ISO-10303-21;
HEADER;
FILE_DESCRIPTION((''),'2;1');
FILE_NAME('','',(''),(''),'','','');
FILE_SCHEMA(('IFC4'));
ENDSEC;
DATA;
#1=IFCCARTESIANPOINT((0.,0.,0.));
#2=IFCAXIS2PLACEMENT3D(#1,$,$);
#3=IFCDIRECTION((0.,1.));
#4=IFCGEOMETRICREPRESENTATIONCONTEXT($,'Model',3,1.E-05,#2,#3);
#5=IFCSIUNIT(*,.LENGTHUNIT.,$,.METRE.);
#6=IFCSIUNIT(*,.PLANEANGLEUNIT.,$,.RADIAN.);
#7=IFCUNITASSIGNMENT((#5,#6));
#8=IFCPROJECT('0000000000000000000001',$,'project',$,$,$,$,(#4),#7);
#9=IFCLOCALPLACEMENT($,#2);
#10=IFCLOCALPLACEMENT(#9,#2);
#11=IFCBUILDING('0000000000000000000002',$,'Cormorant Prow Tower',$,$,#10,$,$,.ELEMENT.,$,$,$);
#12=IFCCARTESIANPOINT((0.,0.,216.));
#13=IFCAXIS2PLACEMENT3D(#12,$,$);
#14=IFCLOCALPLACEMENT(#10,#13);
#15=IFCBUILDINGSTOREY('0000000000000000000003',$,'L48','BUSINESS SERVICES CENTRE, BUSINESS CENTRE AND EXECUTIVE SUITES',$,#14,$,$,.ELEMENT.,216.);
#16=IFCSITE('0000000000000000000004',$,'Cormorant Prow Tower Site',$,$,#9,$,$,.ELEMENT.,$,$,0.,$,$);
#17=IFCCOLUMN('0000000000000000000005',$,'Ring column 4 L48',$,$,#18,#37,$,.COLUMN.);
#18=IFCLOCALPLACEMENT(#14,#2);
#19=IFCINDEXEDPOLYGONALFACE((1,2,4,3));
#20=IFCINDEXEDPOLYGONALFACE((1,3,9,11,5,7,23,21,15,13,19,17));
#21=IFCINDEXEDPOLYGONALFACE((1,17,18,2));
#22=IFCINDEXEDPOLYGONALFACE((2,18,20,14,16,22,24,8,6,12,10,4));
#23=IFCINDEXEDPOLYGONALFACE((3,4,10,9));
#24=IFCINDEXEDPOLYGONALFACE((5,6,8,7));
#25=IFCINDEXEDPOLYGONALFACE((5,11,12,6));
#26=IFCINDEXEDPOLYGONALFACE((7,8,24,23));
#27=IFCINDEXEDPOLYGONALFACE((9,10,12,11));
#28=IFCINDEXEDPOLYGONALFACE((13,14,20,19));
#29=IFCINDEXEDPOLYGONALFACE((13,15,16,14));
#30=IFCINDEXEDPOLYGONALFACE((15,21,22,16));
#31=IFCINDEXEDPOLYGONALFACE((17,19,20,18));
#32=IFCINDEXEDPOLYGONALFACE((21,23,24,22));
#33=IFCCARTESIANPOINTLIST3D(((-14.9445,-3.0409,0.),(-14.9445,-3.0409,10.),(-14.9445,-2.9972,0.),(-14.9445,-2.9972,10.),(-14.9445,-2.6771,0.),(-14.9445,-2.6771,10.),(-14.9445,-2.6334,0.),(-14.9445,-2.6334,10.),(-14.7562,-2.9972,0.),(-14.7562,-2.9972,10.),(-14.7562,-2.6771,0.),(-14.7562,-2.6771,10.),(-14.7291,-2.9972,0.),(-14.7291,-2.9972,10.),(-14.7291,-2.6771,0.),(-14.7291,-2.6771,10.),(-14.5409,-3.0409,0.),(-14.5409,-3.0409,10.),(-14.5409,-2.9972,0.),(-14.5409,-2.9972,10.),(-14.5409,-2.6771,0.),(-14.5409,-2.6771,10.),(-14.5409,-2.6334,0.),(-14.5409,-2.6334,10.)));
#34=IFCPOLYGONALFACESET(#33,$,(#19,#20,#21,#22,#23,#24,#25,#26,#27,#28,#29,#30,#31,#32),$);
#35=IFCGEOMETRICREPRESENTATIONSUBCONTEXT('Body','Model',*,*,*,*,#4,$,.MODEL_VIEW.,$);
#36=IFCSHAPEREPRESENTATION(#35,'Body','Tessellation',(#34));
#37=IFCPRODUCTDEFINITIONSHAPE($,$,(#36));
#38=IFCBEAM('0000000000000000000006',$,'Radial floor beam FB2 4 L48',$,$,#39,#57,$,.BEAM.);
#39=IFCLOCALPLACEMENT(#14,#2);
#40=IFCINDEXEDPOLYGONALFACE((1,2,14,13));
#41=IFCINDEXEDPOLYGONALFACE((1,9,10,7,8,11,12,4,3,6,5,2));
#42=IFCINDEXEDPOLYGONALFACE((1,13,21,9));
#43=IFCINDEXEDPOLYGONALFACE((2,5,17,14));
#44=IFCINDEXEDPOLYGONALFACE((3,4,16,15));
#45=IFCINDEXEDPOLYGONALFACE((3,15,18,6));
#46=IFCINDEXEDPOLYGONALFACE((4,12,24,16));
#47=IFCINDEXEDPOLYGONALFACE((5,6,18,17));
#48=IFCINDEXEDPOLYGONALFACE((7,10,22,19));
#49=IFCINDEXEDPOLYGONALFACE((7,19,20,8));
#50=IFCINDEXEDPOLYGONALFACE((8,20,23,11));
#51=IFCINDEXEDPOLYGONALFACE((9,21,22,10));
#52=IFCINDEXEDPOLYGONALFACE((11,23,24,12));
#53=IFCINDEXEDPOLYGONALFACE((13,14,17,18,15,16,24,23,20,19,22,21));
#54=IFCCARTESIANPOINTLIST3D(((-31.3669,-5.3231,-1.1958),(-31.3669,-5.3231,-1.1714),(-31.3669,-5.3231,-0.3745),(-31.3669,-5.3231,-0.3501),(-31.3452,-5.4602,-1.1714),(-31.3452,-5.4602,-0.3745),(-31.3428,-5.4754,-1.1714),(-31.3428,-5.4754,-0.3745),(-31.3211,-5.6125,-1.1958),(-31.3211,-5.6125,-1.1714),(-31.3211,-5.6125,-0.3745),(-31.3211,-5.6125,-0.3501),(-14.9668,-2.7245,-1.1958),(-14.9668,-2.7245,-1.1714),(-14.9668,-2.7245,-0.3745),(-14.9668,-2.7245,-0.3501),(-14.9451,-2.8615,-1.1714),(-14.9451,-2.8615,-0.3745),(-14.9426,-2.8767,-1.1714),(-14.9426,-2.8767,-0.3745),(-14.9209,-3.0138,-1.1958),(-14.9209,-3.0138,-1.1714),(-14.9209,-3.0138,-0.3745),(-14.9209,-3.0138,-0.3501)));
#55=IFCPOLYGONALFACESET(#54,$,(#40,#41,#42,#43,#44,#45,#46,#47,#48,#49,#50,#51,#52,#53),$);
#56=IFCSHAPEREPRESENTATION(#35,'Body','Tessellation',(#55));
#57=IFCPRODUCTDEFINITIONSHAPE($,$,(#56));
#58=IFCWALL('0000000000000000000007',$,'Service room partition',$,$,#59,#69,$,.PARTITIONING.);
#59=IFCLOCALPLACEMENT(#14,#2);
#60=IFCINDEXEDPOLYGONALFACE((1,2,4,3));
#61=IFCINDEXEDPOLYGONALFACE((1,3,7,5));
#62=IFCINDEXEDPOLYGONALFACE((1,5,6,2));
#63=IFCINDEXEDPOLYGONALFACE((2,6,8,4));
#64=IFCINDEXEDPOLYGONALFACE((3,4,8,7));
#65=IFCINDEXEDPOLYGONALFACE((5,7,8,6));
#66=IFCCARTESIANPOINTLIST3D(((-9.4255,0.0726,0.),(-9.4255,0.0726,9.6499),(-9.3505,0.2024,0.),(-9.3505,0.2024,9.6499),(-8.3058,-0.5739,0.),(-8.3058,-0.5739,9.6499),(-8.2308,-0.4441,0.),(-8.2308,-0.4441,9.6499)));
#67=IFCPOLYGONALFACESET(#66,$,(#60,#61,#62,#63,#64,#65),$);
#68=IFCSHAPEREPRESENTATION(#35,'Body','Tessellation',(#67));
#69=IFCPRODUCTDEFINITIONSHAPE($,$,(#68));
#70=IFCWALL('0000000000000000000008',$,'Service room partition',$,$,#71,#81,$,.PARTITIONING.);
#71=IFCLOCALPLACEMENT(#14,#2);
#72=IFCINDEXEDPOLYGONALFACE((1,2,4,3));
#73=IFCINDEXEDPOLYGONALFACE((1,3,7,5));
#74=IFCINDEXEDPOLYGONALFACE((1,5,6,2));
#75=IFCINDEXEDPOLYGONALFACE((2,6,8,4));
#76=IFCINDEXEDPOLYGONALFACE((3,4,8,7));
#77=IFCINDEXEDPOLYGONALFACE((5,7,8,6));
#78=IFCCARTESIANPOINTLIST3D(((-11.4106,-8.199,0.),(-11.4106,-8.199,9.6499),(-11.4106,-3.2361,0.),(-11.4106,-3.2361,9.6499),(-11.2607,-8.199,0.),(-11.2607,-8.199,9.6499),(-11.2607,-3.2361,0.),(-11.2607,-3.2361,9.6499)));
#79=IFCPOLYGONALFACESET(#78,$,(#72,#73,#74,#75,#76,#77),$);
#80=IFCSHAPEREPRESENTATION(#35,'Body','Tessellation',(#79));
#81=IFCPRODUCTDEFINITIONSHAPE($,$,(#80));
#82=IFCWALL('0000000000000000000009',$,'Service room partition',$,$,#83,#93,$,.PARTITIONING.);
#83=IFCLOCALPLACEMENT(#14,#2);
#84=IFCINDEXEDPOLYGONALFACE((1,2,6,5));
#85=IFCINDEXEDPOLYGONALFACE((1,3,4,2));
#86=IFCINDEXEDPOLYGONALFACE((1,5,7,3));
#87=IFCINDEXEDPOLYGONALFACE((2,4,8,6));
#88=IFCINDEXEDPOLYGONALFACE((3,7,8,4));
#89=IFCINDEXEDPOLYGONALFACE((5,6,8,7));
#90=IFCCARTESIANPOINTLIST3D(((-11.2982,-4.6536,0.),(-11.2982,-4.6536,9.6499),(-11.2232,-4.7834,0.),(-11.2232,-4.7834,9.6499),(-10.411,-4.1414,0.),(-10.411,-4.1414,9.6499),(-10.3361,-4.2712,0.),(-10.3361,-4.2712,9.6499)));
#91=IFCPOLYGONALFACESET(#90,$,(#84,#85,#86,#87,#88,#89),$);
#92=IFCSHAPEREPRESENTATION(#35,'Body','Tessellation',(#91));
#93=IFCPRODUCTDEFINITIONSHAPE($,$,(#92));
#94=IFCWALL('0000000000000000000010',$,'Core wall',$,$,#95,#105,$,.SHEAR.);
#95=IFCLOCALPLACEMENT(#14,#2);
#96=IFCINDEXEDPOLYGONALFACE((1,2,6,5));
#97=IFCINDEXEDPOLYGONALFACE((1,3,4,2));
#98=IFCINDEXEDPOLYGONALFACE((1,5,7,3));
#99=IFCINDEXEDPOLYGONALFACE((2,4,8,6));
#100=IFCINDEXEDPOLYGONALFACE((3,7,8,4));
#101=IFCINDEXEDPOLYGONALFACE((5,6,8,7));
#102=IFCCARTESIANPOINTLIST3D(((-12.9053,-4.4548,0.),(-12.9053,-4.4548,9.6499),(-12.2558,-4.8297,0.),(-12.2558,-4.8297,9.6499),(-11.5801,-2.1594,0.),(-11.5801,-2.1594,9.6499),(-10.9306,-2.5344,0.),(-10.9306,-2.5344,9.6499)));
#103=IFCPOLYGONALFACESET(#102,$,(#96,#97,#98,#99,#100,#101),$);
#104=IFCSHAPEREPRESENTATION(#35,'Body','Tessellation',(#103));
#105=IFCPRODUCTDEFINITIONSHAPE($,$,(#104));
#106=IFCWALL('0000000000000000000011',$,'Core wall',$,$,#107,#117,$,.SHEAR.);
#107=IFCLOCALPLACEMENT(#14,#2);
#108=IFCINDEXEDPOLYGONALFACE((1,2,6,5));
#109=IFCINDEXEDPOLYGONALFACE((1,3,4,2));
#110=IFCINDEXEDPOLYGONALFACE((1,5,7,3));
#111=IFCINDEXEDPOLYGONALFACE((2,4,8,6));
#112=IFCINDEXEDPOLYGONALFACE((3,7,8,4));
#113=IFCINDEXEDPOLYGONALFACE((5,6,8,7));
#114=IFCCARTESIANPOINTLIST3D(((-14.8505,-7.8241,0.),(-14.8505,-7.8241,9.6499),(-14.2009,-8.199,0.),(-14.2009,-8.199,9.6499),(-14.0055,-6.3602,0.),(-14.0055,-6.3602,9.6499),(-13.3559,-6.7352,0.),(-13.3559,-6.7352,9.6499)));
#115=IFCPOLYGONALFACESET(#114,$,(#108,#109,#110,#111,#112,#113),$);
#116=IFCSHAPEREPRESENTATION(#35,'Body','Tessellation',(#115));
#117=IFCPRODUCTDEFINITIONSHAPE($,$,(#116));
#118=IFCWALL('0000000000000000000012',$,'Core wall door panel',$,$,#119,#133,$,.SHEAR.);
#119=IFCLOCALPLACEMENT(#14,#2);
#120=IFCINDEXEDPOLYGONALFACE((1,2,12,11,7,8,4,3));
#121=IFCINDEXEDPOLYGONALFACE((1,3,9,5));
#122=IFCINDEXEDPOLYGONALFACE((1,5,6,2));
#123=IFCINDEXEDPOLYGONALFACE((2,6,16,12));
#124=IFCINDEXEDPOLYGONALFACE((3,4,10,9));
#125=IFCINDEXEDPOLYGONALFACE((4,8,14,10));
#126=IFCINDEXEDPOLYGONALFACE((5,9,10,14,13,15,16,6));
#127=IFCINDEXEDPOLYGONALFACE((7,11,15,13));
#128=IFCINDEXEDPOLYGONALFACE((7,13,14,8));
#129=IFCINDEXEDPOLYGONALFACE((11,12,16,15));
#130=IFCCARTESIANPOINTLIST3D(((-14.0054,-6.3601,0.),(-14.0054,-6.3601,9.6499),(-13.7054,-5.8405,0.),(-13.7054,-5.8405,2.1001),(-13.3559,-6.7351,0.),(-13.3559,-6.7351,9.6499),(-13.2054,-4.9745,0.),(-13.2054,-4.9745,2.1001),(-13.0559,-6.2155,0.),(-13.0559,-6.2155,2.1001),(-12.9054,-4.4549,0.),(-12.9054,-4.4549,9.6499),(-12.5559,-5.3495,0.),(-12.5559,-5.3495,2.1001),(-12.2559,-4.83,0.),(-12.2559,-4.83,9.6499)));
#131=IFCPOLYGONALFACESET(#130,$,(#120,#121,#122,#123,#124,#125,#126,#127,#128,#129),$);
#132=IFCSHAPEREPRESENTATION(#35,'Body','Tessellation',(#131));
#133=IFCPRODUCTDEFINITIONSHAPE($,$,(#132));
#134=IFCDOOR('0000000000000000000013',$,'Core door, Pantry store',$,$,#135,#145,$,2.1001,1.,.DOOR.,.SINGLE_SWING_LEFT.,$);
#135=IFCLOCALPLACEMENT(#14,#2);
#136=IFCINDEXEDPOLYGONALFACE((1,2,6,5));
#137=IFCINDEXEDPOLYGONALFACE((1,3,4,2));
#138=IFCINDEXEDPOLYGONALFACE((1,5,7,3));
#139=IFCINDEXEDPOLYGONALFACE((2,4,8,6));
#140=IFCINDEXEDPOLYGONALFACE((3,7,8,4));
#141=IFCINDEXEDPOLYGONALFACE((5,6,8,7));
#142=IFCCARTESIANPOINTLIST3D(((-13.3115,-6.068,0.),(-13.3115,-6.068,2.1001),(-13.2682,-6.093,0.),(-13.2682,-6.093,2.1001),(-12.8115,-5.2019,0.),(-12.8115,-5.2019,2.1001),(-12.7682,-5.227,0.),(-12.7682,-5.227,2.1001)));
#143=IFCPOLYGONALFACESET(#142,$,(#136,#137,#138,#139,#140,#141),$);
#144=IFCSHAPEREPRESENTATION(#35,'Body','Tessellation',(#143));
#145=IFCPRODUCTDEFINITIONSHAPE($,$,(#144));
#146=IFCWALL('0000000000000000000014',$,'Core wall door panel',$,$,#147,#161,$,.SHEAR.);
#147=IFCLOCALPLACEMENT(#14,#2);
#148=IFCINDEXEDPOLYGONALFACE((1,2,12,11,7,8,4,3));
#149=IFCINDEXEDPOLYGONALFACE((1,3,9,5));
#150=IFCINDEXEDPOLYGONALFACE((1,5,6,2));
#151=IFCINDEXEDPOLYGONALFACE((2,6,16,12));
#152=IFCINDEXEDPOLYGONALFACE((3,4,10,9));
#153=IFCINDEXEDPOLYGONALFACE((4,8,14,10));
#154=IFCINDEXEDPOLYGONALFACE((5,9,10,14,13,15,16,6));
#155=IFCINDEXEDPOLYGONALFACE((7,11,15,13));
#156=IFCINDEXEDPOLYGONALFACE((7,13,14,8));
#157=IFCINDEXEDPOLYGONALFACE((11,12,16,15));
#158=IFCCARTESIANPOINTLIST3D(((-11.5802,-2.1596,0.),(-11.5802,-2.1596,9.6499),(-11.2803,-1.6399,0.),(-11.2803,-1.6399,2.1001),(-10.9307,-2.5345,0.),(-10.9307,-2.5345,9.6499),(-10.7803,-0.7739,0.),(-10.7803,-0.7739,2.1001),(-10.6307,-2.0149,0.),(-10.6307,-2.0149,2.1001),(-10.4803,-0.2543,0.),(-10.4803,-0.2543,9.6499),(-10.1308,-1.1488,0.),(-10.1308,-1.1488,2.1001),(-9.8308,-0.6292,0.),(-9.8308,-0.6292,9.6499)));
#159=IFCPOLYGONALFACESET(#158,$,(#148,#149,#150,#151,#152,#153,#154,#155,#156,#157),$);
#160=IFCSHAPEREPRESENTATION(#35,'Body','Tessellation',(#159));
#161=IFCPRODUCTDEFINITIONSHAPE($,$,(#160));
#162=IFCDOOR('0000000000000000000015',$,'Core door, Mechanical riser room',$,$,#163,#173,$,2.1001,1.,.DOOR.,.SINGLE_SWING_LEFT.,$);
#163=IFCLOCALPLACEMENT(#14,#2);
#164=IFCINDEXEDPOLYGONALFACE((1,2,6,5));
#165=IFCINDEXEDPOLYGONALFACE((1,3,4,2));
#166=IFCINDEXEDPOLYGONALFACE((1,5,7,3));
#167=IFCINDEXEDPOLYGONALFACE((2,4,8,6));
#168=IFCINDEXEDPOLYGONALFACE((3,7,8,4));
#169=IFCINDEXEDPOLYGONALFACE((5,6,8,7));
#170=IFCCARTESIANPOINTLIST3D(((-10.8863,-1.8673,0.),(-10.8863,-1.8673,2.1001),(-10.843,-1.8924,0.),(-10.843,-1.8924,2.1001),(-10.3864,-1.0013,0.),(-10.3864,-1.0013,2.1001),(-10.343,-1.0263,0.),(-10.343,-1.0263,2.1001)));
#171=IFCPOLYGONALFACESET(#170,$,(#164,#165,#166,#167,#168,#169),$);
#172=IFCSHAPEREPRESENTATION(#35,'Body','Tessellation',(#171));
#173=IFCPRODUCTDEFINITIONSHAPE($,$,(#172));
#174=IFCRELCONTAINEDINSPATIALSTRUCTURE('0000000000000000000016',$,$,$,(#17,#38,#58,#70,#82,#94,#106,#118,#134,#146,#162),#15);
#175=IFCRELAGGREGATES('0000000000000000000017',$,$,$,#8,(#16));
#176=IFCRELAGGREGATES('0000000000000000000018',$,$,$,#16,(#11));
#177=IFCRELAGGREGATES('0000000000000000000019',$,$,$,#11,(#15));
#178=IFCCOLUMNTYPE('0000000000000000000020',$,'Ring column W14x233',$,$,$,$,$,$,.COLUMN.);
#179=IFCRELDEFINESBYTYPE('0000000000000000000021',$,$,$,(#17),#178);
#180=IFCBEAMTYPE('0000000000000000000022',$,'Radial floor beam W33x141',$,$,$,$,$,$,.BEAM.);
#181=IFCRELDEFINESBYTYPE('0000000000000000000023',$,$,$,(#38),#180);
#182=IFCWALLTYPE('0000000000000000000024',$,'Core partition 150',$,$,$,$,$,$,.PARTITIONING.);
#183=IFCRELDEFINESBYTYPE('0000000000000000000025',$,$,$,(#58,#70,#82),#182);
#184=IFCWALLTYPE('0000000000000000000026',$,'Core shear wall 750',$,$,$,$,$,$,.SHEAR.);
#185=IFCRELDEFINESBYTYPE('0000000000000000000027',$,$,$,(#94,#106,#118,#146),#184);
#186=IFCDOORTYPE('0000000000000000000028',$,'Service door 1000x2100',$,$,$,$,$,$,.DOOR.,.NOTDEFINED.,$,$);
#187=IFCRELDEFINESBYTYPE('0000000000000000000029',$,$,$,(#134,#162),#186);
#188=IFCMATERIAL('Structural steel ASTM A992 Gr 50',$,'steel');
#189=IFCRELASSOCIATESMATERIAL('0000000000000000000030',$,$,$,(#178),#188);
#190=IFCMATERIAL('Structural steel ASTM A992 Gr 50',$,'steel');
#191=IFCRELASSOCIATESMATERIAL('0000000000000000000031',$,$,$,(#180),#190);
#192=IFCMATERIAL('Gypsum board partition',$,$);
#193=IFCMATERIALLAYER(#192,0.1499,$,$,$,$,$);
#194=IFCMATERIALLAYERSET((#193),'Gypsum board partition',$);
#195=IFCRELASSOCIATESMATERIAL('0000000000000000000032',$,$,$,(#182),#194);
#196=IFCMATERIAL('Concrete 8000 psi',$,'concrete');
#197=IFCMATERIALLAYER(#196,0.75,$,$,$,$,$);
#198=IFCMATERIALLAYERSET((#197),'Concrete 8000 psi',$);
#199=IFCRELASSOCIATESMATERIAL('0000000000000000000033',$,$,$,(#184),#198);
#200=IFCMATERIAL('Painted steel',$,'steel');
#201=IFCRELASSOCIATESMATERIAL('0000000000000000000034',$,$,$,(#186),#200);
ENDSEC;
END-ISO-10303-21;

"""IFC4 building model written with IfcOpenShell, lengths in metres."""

from ifc_helpers import new_model, si_unit, direction, frame, frame_2d, origin, origin_2d, place, context, subcontext, project, spatial, rectangle, i_section, extrude, material, layer, layer_set, material_profile, profile_set, type_object, element, fill, save


model = new_model("IFC4")

# Units and contexts
model_context = context("Model", 3, precision=1e-05, world=origin(), true_north=direction((0.0, 1.0)))
body_context = subcontext(model_context, "Body", "Model", "MODEL_VIEW")
ifc_project = project(units=[si_unit("LENGTHUNIT", "METRE"), si_unit("PLANEANGLEUNIT", "RADIAN")], contexts=[model_context])

# Site, building, storey
site_placement = place(None, origin())
site = spatial("IfcSite", under=ifc_project, at=site_placement, Name="Cormorant Prow Tower Site", CompositionType="ELEMENT", RefElevation=0.0)
building_placement = place(site_placement, origin())
building = spatial("IfcBuilding", under=site, at=building_placement, Name="Cormorant Prow Tower", CompositionType="ELEMENT")
storey_placement = place(building_placement, frame((0.0, 0.0, 216.0)))
storey = spatial("IfcBuildingStorey", under=building, at=storey_placement, Name="L48", Description="BUSINESS SERVICES CENTRE, BUSINESS CENTRE AND EXECUTIVE SUITES", CompositionType="ELEMENT", Elevation=216.0)

# Column
ifc_material_1 = material(Name="Structural steel ASTM A992 Gr 50", Category="steel")
ifc_material_profile_1 = material_profile(ifc_material_1, i_section(OverallWidth=0.4036, OverallDepth=0.4075, WebThickness=0.0271, FlangeThickness=0.0437, at=origin_2d()), Name="W14x233")
ifc_profile_set_1 = profile_set([ifc_material_profile_1], Name="Structural steel ASTM A992 Gr 50")
column_type = type_object("IfcColumnType", Name="Ring column W14x233", PredefinedType="COLUMN", material=ifc_profile_set_1)
column_placement = place(storey_placement, frame((-14.7427, -2.8372, 0.0), z_axis=(0.0, 0.0, 1.0), x_axis=(1.0, 0.0, 0.0)))
element("IfcColumn", 1, at=column_placement, inside=storey, type_object=column_type, Name="Ring column 4 L48", PredefinedType="COLUMN", context=body_context, shape_type="SweptSolid", body=[
    extrude(i_section(OverallWidth=0.4036, OverallDepth=0.4075, WebThickness=0.0271, FlangeThickness=0.0437, at=origin_2d()), origin(), (0.0, 0.0, 1.0), 10.0),
])

# Beam
ifc_material_2 = material(Name="Structural steel ASTM A992 Gr 50", Category="steel")
ifc_material_profile_2 = material_profile(ifc_material_2, i_section(OverallWidth=0.293, OverallDepth=0.8457, WebThickness=0.0154, FlangeThickness=0.0244, at=origin_2d()), Name="W33x141")
ifc_profile_set_2 = profile_set([ifc_material_profile_2], Name="Structural steel ASTM A992 Gr 50")
beam_type = type_object("IfcBeamType", Name="Radial floor beam W33x141", PredefinedType="BEAM", material=ifc_profile_set_2)
beam_placement = place(storey_placement, frame((-14.9438, -2.8691, -0.7729), z_axis=(-0.987678, -0.156499, 0.0), x_axis=(0.156499, -0.987678, 0.0)))
element("IfcBeam", 2, at=beam_placement, inside=storey, type_object=beam_type, Name="Radial floor beam FB2 4 L48", PredefinedType="BEAM", context=body_context, shape_type="SweptSolid", body=[
    extrude(i_section(OverallWidth=0.293, OverallDepth=0.8457, WebThickness=0.0154, FlangeThickness=0.0244, at=origin_2d()), origin(), (0.0, 0.0, 1.0), 16.6047),
])

# Walls
ifc_material_3 = material(Name="Gypsum board partition")
ifc_layer_1 = layer(ifc_material_3, 0.1499)
ifc_layer_set_1 = layer_set([ifc_layer_1], Name="Gypsum board partition")
wall_type_1 = type_object("IfcWallType", Name="Core partition 150", PredefinedType="PARTITIONING", material=ifc_layer_set_1)
wall_1_placement = place(storey_placement, frame((-8.2683, -0.509, 0.0), z_axis=(0.0, 0.0, 1.0), x_axis=(-0.866003, 0.500038, 0.0)))
element("IfcWall", 3, at=wall_1_placement, inside=storey, type_object=wall_type_1, Name="Service room partition", PredefinedType="PARTITIONING", context=body_context, shape_type="SweptSolid", body=[
    extrude(rectangle(XDim=1.293, YDim=0.1499, at=frame_2d((0.6465, 0.0))), origin(), (0.0, 0.0, 1.0), 9.6499),
])
wall_2_placement = place(storey_placement, frame((-11.3357, -8.199, 0.0), z_axis=(0.0, 0.0, 1.0), x_axis=(0.0, 1.0, 0.0)))
element("IfcWall", 4, at=wall_2_placement, inside=storey, type_object=wall_type_1, Name="Service room partition", PredefinedType="PARTITIONING", context=body_context, shape_type="SweptSolid", body=[
    extrude(rectangle(XDim=4.9629, YDim=0.1499, at=frame_2d((2.4814, 0.0))), origin(), (0.0, 0.0, 1.0), 9.6499),
])
wall_3_placement = place(storey_placement, frame((-10.3735, -4.2063, 0.0), z_axis=(0.0, 0.0, 1.0), x_axis=(-0.866035, -0.499984, 0.0)))
element("IfcWall", 5, at=wall_3_placement, inside=storey, type_object=wall_type_1, Name="Service room partition", PredefinedType="PARTITIONING", context=body_context, shape_type="SweptSolid", body=[
    extrude(rectangle(XDim=1.0244, YDim=0.1499, at=frame_2d((0.5122, 0.0))), origin(), (0.0, 0.0, 1.0), 9.6499),
])
ifc_material_4 = material(Name="Concrete 8000 psi", Category="concrete")
ifc_layer_2 = layer(ifc_material_4, 0.75)
ifc_layer_set_2 = layer_set([ifc_layer_2], Name="Concrete 8000 psi")
wall_type_2 = type_object("IfcWallType", Name="Core shear wall 750", PredefinedType="SHEAR", material=ifc_layer_set_2)
wall_4_placement = place(storey_placement, frame((-11.2554, -2.3469, 0.0), z_axis=(0.0, 0.0, 1.0), x_axis=(-0.499983, -0.866035, 0.0)))
element("IfcWall", 6, at=wall_4_placement, inside=storey, type_object=wall_type_2, Name="Core wall", PredefinedType="SHEAR", context=body_context, shape_type="SweptSolid", body=[
    extrude(rectangle(XDim=2.6504, YDim=0.75, at=frame_2d((1.3252, 0.0))), origin(), (0.0, 0.0, 1.0), 9.6499),
])
wall_5_placement = place(storey_placement, frame((-13.6807, -6.5476, 0.0), z_axis=(0.0, 0.0, 1.0), x_axis=(-0.499914, -0.866075, 0.0)))
element("IfcWall", 7, at=wall_5_placement, inside=storey, type_object=wall_type_2, Name="Core wall", PredefinedType="SHEAR", context=body_context, shape_type="SweptSolid", body=[
    extrude(rectangle(XDim=1.6902, YDim=0.75, at=frame_2d((0.8452, 0.0))), origin(), (0.0, 0.0, 1.0), 9.6499),
])

# Walls, openings, doors
wall_6_placement = place(storey_placement, frame((-12.5806, -4.6423, 0.0), z_axis=(0.0, 0.0, 1.0), x_axis=(-0.50003, -0.866008, 0.0)))
wall_6 = element("IfcWall", 8, at=wall_6_placement, inside=storey, type_object=wall_type_2, Name="Core wall door panel", PredefinedType="SHEAR", context=body_context, shape_type="SweptSolid", body=[
    extrude(rectangle(XDim=2.2, YDim=0.75, at=frame_2d((1.1001, 0.0))), origin(), (0.0, 0.0, 1.0), 9.6499),
])
opening_1_placement = place(wall_6_placement, frame((0.6001, 0.0, 0.0)))
opening_1 = element("IfcOpeningElement", 9, at=opening_1_placement, cuts=wall_6, PredefinedType="OPENING", context=body_context, shape_type="SweptSolid", body=[
    extrude(rectangle(XDim=1.0, YDim=2.1001, at=frame_2d((0.5, 1.05))), frame((0.0, 0.385, 0.0), z_axis=(0.0, -1.0, 0.0), x_axis=(1.0, 0.0, 0.0)), (0.0, 0.0, 1.0), 0.77),
])
ifc_material_5 = material(Name="Painted steel", Category="steel")
door_type = type_object("IfcDoorType", Name="Service door 1000x2100", OperationType="NOTDEFINED", PredefinedType="DOOR", material=ifc_material_5)
door_1_placement = place(opening_1_placement, origin())
door_1 = element("IfcDoor", 10, at=door_1_placement, inside=storey, type_object=door_type, Name="Core door, Pantry store", OperationType="SINGLE_SWING_LEFT", OverallHeight=2.1001, OverallWidth=1.0, PredefinedType="DOOR", context=body_context, shape_type="SweptSolid", body=[
    extrude(rectangle(XDim=1.0, YDim=2.1001, at=frame_2d((0.5, 1.05))), frame((0.0, 0.1299, 0.0), z_axis=(0.0, -1.0, 0.0), x_axis=(1.0, 0.0, 0.0)), (0.0, 0.0, 1.0), 0.05),
])
fill(opening_1, door_1)
wall_7_placement = place(storey_placement, frame((-10.1555, -0.4417, 0.0), z_axis=(0.0, 0.0, 1.0), x_axis=(-0.499947, -0.866056, 0.0)))
wall_7 = element("IfcWall", 11, at=wall_7_placement, inside=storey, type_object=wall_type_2, Name="Core wall door panel", PredefinedType="SHEAR", context=body_context, shape_type="SweptSolid", body=[
    extrude(rectangle(XDim=2.2, YDim=0.75, at=frame_2d((1.1001, 0.0))), origin(), (0.0, 0.0, 1.0), 9.6499),
])
opening_2_placement = place(wall_7_placement, frame((0.6001, 0.0, 0.0)))
opening_2 = element("IfcOpeningElement", 12, at=opening_2_placement, cuts=wall_7, PredefinedType="OPENING", context=body_context, shape_type="SweptSolid", body=[
    extrude(rectangle(XDim=1.0, YDim=2.1001, at=frame_2d((0.5, 1.05))), frame((0.0, 0.385, 0.0), z_axis=(0.0, -1.0, 0.0), x_axis=(1.0, 0.0, 0.0)), (0.0, 0.0, 1.0), 0.77),
])
door_2_placement = place(opening_2_placement, origin())
door_2 = element("IfcDoor", 13, at=door_2_placement, inside=storey, type_object=door_type, Name="Core door, Mechanical riser room", OperationType="SINGLE_SWING_LEFT", OverallHeight=2.1001, OverallWidth=1.0, PredefinedType="DOOR", context=body_context, shape_type="SweptSolid", body=[
    extrude(rectangle(XDim=1.0, YDim=2.1001, at=frame_2d((0.5, 1.05))), frame((0.0, 0.1299, 0.0), z_axis=(0.0, -1.0, 0.0), x_axis=(1.0, 0.0, 0.0)), (0.0, 0.0, 1.0), 0.05),
])
fill(opening_2, door_2)

save(model, "model.ifc")
